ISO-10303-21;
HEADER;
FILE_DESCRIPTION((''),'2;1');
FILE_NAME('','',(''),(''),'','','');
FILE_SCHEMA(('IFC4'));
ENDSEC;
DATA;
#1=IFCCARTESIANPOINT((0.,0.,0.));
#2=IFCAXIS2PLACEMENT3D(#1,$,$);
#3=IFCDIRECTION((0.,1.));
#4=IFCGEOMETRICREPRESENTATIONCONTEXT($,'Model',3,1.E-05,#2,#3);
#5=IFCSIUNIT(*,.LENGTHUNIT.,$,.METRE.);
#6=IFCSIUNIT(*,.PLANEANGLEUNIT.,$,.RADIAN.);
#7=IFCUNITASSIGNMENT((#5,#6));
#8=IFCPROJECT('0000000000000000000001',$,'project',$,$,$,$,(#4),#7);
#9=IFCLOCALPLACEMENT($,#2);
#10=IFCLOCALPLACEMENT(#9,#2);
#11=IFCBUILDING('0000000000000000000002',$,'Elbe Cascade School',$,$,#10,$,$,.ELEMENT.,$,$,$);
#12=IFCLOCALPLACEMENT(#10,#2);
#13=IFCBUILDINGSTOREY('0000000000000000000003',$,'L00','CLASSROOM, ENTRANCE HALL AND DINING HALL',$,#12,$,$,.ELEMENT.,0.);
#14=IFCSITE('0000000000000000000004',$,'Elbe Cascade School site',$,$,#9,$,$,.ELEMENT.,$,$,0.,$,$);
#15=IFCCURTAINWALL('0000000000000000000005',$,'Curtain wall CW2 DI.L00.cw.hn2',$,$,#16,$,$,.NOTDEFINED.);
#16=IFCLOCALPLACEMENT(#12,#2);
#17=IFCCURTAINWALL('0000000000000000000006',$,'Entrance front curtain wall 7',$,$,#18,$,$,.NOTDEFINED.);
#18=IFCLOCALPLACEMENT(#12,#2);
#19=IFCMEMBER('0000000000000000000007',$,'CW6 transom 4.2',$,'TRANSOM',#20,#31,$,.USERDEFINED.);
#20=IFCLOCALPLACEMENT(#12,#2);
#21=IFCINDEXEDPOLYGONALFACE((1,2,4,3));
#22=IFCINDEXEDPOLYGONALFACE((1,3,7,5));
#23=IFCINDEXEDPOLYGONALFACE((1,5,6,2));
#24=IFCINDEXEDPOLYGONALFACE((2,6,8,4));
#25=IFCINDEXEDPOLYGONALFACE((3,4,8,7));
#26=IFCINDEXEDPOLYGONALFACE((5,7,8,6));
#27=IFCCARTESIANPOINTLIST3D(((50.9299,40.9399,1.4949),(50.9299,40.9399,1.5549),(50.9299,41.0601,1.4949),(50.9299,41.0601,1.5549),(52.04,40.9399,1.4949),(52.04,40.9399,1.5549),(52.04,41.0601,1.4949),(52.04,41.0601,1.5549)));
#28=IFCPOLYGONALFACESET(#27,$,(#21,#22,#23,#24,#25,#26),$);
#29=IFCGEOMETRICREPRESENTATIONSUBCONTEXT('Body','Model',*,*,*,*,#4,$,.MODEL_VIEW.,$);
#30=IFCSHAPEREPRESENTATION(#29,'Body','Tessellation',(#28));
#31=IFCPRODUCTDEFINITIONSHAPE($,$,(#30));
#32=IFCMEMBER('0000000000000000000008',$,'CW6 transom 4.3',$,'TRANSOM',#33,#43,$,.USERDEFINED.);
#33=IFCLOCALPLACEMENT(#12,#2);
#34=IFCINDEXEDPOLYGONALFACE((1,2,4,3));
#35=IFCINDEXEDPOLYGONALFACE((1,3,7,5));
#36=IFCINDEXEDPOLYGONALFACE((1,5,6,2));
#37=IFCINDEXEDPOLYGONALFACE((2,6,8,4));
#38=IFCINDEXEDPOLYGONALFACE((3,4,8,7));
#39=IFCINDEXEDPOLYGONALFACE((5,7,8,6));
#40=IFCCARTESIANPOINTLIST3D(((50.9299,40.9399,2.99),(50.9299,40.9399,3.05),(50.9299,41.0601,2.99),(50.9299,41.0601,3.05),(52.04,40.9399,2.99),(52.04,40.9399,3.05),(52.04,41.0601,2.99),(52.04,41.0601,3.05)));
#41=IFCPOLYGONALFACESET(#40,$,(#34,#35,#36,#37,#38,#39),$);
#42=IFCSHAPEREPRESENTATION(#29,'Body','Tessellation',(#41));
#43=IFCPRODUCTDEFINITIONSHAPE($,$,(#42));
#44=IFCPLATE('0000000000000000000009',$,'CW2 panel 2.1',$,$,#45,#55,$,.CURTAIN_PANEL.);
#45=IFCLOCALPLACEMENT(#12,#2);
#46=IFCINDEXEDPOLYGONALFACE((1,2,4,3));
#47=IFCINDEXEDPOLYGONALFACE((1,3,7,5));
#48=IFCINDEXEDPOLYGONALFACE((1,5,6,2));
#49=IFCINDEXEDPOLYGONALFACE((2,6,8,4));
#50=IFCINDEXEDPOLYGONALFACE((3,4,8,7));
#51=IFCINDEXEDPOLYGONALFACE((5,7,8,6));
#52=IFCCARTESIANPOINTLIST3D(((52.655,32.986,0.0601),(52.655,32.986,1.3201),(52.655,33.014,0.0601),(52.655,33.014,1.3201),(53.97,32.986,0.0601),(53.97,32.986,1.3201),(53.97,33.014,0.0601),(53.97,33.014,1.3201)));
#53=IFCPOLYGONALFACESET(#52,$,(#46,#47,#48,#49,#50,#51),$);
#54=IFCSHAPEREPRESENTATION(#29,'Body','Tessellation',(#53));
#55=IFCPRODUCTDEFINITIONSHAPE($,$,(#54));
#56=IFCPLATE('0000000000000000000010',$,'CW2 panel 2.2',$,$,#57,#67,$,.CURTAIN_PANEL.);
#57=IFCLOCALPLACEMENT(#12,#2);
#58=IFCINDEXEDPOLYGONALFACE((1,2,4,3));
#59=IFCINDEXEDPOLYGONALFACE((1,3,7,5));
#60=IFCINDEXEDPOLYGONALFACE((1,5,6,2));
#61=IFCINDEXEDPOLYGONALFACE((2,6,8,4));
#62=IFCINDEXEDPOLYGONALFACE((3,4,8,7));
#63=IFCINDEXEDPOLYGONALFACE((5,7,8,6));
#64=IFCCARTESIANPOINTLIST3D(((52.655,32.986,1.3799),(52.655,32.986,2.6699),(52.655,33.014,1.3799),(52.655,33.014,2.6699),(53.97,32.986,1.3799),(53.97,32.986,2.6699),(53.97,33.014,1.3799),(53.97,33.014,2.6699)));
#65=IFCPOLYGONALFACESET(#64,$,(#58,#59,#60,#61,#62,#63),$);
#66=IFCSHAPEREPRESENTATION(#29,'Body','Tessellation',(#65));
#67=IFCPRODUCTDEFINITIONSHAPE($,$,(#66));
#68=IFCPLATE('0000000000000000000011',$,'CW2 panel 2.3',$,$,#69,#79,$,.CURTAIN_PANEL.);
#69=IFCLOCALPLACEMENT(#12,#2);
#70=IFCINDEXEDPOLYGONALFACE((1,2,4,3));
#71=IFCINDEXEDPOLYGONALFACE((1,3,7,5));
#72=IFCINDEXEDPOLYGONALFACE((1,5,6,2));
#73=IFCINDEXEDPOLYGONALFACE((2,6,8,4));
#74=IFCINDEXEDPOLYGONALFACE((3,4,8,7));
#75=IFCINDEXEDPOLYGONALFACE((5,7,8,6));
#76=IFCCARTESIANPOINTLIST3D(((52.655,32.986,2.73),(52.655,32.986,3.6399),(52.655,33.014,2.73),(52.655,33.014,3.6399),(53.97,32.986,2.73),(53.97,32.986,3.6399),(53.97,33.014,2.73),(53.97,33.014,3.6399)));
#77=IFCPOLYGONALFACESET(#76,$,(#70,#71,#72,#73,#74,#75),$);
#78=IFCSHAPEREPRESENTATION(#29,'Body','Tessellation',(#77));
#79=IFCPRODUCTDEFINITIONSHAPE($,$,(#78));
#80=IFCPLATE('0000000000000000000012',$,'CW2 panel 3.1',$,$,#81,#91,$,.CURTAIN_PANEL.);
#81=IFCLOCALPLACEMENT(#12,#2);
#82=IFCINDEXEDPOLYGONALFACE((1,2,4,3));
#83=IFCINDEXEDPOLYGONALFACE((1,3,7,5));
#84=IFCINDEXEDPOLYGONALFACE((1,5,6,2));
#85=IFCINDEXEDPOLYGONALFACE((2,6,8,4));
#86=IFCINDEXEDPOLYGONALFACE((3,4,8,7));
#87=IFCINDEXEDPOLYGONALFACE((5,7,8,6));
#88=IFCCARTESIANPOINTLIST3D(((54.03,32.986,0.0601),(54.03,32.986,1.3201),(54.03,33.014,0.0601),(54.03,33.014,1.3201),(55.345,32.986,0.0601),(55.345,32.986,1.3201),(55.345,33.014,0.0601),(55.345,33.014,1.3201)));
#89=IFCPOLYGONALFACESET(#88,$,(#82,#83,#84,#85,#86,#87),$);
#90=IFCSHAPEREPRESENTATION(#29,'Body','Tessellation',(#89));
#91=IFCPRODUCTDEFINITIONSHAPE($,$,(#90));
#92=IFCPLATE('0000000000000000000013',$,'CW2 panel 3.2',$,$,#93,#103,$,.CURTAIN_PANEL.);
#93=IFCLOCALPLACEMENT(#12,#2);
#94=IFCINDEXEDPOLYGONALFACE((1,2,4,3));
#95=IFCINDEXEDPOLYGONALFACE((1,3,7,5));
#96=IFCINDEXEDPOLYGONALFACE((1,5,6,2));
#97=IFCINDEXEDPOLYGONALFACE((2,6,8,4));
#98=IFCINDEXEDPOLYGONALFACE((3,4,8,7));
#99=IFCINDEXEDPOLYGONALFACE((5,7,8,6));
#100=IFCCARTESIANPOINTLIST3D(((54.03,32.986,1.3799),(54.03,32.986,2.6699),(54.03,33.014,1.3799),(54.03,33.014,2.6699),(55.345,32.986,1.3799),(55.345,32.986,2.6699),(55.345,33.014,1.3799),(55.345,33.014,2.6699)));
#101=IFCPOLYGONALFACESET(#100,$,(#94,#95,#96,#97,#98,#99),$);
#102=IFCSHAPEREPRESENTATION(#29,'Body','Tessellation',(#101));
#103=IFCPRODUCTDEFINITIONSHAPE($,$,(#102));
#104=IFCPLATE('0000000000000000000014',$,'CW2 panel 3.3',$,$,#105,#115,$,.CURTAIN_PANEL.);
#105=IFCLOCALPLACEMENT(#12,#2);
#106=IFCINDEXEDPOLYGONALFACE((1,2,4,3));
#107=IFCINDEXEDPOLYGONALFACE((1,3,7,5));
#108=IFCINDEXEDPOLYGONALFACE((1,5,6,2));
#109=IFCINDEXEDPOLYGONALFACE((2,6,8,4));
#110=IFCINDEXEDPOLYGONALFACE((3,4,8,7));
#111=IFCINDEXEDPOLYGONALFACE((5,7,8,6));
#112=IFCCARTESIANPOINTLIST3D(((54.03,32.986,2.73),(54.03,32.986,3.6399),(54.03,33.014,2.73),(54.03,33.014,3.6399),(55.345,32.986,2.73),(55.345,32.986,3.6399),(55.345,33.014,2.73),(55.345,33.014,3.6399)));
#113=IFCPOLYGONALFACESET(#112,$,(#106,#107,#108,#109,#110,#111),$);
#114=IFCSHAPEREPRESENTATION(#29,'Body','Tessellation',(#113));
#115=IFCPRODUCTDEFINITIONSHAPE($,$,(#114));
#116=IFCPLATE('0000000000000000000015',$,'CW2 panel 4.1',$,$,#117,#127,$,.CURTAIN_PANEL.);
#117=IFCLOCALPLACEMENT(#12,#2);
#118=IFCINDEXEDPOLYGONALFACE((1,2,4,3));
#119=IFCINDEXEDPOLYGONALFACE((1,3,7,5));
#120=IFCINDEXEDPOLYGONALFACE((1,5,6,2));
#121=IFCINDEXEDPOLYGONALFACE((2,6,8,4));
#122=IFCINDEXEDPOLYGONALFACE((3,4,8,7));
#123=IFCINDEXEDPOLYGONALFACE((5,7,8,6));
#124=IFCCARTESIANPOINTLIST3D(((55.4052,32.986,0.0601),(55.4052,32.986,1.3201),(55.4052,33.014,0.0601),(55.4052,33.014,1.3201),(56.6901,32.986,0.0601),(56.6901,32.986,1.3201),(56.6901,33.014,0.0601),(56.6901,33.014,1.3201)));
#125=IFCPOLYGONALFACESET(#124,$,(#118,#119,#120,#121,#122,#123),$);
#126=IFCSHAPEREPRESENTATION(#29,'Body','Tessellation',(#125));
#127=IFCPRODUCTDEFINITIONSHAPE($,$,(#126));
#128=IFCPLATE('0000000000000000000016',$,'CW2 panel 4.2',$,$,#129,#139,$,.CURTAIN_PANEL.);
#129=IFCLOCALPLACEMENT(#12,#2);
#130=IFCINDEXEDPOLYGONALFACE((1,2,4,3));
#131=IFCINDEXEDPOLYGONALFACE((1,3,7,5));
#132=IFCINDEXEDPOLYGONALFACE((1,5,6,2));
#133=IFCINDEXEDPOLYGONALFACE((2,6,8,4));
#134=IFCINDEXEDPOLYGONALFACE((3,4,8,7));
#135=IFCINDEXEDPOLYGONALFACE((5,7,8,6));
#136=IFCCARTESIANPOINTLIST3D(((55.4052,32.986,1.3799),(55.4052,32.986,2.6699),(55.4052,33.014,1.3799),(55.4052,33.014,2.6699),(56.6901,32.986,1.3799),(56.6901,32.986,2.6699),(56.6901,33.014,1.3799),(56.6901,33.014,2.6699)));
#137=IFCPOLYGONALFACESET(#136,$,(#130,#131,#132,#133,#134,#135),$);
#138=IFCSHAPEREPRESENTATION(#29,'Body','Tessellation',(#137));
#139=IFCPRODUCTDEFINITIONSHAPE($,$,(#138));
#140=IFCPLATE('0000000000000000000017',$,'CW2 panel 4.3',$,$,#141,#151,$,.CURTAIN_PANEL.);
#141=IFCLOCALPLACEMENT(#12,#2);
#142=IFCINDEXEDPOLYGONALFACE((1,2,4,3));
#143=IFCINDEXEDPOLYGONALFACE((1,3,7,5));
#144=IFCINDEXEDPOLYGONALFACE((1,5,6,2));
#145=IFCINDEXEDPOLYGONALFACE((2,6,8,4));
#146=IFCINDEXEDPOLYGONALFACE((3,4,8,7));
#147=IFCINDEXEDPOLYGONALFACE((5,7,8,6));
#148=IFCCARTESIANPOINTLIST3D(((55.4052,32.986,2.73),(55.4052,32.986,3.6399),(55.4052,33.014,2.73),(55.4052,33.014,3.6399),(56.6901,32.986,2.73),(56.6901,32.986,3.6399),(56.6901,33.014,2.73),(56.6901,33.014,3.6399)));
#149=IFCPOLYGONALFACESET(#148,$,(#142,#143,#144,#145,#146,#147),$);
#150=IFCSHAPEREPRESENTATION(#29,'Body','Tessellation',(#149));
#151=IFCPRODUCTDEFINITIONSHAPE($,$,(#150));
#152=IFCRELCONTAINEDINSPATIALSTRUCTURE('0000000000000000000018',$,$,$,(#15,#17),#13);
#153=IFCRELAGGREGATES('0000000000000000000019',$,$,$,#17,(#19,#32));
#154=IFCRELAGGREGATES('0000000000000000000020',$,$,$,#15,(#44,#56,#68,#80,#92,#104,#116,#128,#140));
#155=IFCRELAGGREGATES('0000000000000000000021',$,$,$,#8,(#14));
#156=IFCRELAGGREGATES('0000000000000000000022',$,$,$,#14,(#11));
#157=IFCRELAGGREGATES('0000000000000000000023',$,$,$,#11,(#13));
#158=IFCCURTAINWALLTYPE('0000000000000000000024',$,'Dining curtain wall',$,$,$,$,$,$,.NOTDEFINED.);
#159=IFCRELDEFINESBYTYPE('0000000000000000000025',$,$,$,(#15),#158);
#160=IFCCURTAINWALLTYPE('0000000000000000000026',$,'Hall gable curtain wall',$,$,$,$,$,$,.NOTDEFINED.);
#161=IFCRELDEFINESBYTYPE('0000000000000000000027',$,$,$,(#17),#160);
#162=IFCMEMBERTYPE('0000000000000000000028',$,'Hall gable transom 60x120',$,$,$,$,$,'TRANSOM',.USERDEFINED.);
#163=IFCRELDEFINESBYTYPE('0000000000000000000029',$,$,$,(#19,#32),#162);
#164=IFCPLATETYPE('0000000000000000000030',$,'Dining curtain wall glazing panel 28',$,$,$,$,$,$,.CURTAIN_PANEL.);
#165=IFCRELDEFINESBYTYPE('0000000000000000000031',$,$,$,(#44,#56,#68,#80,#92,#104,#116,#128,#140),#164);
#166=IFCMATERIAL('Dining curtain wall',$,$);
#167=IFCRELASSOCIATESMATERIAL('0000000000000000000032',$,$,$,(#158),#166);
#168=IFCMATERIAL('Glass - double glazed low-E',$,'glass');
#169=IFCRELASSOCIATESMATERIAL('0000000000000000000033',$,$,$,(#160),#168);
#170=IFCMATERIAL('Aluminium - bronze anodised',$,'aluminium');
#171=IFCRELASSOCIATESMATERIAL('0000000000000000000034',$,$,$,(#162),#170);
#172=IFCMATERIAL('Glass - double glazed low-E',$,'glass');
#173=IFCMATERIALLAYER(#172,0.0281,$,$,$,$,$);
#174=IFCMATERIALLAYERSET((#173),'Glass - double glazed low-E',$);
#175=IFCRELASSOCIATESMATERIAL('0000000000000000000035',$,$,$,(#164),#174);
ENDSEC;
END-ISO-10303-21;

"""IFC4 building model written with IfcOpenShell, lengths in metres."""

from ifc_helpers import new_model, si_unit, direction, frame, origin, origin_2d, place, context, subcontext, project, spatial, rectangle, extrude, material, layer, layer_set, material_profile, profile_set, type_object, element, aggregate, save


model = new_model("IFC4")

# Units and contexts
model_context = context("Model", 3, precision=1e-05, world=origin(), true_north=direction((0.0, 1.0)))
body_context = subcontext(model_context, "Body", "Model", "MODEL_VIEW")
ifc_project = project(units=[si_unit("LENGTHUNIT", "METRE"), si_unit("PLANEANGLEUNIT", "RADIAN")], contexts=[model_context])

# Site, building, storey
site_placement = place(None, origin())
site = spatial("IfcSite", under=ifc_project, at=site_placement, Name="Elbe Cascade School site", CompositionType="ELEMENT", RefElevation=0.0)
building_placement = place(site_placement, origin())
building = spatial("IfcBuilding", under=site, at=building_placement, Name="Elbe Cascade School", CompositionType="ELEMENT")
storey_placement = place(building_placement, origin())
storey = spatial("IfcBuildingStorey", under=building, at=storey_placement, Name="L00", Description="CLASSROOM, ENTRANCE HALL AND DINING HALL", CompositionType="ELEMENT", Elevation=0.0)

# Curtain walls, members
ifc_material_1 = material(Name="Dining curtain wall")
curtain_wall_type_1 = type_object("IfcCurtainWallType", Name="Dining curtain wall", PredefinedType="NOTDEFINED", material=ifc_material_1)
curtain_wall_1_placement = place(storey_placement, origin())
curtain_wall_1 = element("IfcCurtainWall", 1, at=curtain_wall_1_placement, inside=storey, type_object=curtain_wall_type_1, Name="Curtain wall CW2 DI.L00.cw.hn2", PredefinedType="NOTDEFINED")
ifc_material_2 = material(Name="Glass - double glazed low-E", Category="glass")
curtain_wall_type_2 = type_object("IfcCurtainWallType", Name="Hall gable curtain wall", PredefinedType="NOTDEFINED", material=ifc_material_2)
curtain_wall_2_placement = place(storey_placement, origin())
curtain_wall_2 = element("IfcCurtainWall", 2, at=curtain_wall_2_placement, inside=storey, type_object=curtain_wall_type_2, Name="Entrance front curtain wall 7", PredefinedType="NOTDEFINED")
ifc_material_3 = material(Name="Aluminium - bronze anodised", Category="aluminium")
ifc_material_profile_1 = material_profile(ifc_material_3, rectangle(XDim=0.1201, YDim=0.0601, at=origin_2d()), Name="Alu 60x120")
ifc_profile_set_1 = profile_set([ifc_material_profile_1], Name="Aluminium - bronze anodised")
member_type_1 = type_object("IfcMemberType", Name="Hall gable transom 60x120", ElementType="TRANSOM", PredefinedType="USERDEFINED", material=ifc_profile_set_1)
member_1_placement = place(storey_placement, frame((50.9299, 41.0, 1.5249), z_axis=(1.0, 0.0, 0.0), x_axis=(0.0, 1.0, 0.0)))
member_1 = element("IfcMember", 3, at=member_1_placement, type_object=member_type_1, Name="CW6 transom 4.2", ObjectType="TRANSOM", PredefinedType="USERDEFINED", context=body_context, shape_type="SweptSolid", body=[
    extrude(rectangle(XDim=0.1201, YDim=0.0601, at=origin_2d()), origin(), (0.0, 0.0, 1.0), 1.1101),
])
member_2_placement = place(storey_placement, frame((50.9299, 41.0, 3.02), z_axis=(1.0, 0.0, 0.0), x_axis=(0.0, 1.0, 0.0)))
member_2 = element("IfcMember", 4, at=member_2_placement, type_object=member_type_1, Name="CW6 transom 4.3", ObjectType="TRANSOM", PredefinedType="USERDEFINED", context=body_context, shape_type="SweptSolid", body=[
    extrude(rectangle(XDim=0.1201, YDim=0.0601, at=origin_2d()), origin(), (0.0, 0.0, 1.0), 1.1101),
])
aggregate(curtain_wall_2, [member_1, member_2])

# Plates
ifc_material_4 = material(Name="Glass - double glazed low-E", Category="glass")
ifc_layer = layer(ifc_material_4, 0.0281)
ifc_layer_set = layer_set([ifc_layer], Name="Glass - double glazed low-E")
plate_type = type_object("IfcPlateType", Name="Dining curtain wall glazing panel 28", PredefinedType="CURTAIN_PANEL", material=ifc_layer_set)
plate_1_placement = place(storey_placement, frame((53.3125, 33.0, 0.0601), z_axis=(0.0, 0.0, 1.0), x_axis=(1.0, 0.0, 0.0)))
plate_1 = element("IfcPlate", 5, at=plate_1_placement, type_object=plate_type, Name="CW2 panel 2.1", PredefinedType="CURTAIN_PANEL", context=body_context, shape_type="SweptSolid", body=[
    extrude(rectangle(XDim=1.3149, YDim=0.0281, at=origin_2d()), origin(), (0.0, 0.0, 1.0), 1.26),
])
plate_2_placement = place(storey_placement, frame((53.3125, 33.0, 1.3799), z_axis=(0.0, 0.0, 1.0), x_axis=(1.0, 0.0, 0.0)))
plate_2 = element("IfcPlate", 6, at=plate_2_placement, type_object=plate_type, Name="CW2 panel 2.2", PredefinedType="CURTAIN_PANEL", context=body_context, shape_type="SweptSolid", body=[
    extrude(rectangle(XDim=1.3149, YDim=0.0281, at=origin_2d()), origin(), (0.0, 0.0, 1.0), 1.29),
])
plate_3_placement = place(storey_placement, frame((53.3125, 33.0, 2.73), z_axis=(0.0, 0.0, 1.0), x_axis=(1.0, 0.0, 0.0)))
plate_3 = element("IfcPlate", 7, at=plate_3_placement, type_object=plate_type, Name="CW2 panel 2.3", PredefinedType="CURTAIN_PANEL", context=body_context, shape_type="SweptSolid", body=[
    extrude(rectangle(XDim=1.3149, YDim=0.0281, at=origin_2d()), origin(), (0.0, 0.0, 1.0), 0.9099),
])
plate_4_placement = place(storey_placement, frame((54.6875, 33.0, 0.0601), z_axis=(0.0, 0.0, 1.0), x_axis=(1.0, 0.0, 0.0)))
plate_4 = element("IfcPlate", 8, at=plate_4_placement, type_object=plate_type, Name="CW2 panel 3.1", PredefinedType="CURTAIN_PANEL", context=body_context, shape_type="SweptSolid", body=[
    extrude(rectangle(XDim=1.3149, YDim=0.0281, at=origin_2d()), origin(), (0.0, 0.0, 1.0), 1.26),
])
plate_5_placement = place(storey_placement, frame((54.6875, 33.0, 1.3799), z_axis=(0.0, 0.0, 1.0), x_axis=(1.0, 0.0, 0.0)))
plate_5 = element("IfcPlate", 9, at=plate_5_placement, type_object=plate_type, Name="CW2 panel 3.2", PredefinedType="CURTAIN_PANEL", context=body_context, shape_type="SweptSolid", body=[
    extrude(rectangle(XDim=1.3149, YDim=0.0281, at=origin_2d()), origin(), (0.0, 0.0, 1.0), 1.29),
])
plate_6_placement = place(storey_placement, frame((54.6875, 33.0, 2.73), z_axis=(0.0, 0.0, 1.0), x_axis=(1.0, 0.0, 0.0)))
plate_6 = element("IfcPlate", 10, at=plate_6_placement, type_object=plate_type, Name="CW2 panel 3.3", PredefinedType="CURTAIN_PANEL", context=body_context, shape_type="SweptSolid", body=[
    extrude(rectangle(XDim=1.3149, YDim=0.0281, at=origin_2d()), origin(), (0.0, 0.0, 1.0), 0.9099),
])
plate_7_placement = place(storey_placement, frame((56.0476, 33.0, 0.0601), z_axis=(0.0, 0.0, 1.0), x_axis=(1.0, 0.0, 0.0)))
plate_7 = element("IfcPlate", 11, at=plate_7_placement, type_object=plate_type, Name="CW2 panel 4.1", PredefinedType="CURTAIN_PANEL", context=body_context, shape_type="SweptSolid", body=[
    extrude(rectangle(XDim=1.2849, YDim=0.0281, at=origin_2d()), origin(), (0.0, 0.0, 1.0), 1.26),
])
plate_8_placement = place(storey_placement, frame((56.0476, 33.0, 1.3799), z_axis=(0.0, 0.0, 1.0), x_axis=(1.0, 0.0, 0.0)))
plate_8 = element("IfcPlate", 12, at=plate_8_placement, type_object=plate_type, Name="CW2 panel 4.2", PredefinedType="CURTAIN_PANEL", context=body_context, shape_type="SweptSolid", body=[
    extrude(rectangle(XDim=1.2849, YDim=0.0281, at=origin_2d()), origin(), (0.0, 0.0, 1.0), 1.29),
])
plate_9_placement = place(storey_placement, frame((56.0476, 33.0, 2.73), z_axis=(0.0, 0.0, 1.0), x_axis=(1.0, 0.0, 0.0)))
plate_9 = element("IfcPlate", 13, at=plate_9_placement, type_object=plate_type, Name="CW2 panel 4.3", PredefinedType="CURTAIN_PANEL", context=body_context, shape_type="SweptSolid", body=[
    extrude(rectangle(XDim=1.2849, YDim=0.0281, at=origin_2d()), origin(), (0.0, 0.0, 1.0), 0.9099),
])
aggregate(curtain_wall_1, [plate_1, plate_2, plate_3, plate_4, plate_5, plate_6, plate_7, plate_8, plate_9])

save(model, "model.ifc")
